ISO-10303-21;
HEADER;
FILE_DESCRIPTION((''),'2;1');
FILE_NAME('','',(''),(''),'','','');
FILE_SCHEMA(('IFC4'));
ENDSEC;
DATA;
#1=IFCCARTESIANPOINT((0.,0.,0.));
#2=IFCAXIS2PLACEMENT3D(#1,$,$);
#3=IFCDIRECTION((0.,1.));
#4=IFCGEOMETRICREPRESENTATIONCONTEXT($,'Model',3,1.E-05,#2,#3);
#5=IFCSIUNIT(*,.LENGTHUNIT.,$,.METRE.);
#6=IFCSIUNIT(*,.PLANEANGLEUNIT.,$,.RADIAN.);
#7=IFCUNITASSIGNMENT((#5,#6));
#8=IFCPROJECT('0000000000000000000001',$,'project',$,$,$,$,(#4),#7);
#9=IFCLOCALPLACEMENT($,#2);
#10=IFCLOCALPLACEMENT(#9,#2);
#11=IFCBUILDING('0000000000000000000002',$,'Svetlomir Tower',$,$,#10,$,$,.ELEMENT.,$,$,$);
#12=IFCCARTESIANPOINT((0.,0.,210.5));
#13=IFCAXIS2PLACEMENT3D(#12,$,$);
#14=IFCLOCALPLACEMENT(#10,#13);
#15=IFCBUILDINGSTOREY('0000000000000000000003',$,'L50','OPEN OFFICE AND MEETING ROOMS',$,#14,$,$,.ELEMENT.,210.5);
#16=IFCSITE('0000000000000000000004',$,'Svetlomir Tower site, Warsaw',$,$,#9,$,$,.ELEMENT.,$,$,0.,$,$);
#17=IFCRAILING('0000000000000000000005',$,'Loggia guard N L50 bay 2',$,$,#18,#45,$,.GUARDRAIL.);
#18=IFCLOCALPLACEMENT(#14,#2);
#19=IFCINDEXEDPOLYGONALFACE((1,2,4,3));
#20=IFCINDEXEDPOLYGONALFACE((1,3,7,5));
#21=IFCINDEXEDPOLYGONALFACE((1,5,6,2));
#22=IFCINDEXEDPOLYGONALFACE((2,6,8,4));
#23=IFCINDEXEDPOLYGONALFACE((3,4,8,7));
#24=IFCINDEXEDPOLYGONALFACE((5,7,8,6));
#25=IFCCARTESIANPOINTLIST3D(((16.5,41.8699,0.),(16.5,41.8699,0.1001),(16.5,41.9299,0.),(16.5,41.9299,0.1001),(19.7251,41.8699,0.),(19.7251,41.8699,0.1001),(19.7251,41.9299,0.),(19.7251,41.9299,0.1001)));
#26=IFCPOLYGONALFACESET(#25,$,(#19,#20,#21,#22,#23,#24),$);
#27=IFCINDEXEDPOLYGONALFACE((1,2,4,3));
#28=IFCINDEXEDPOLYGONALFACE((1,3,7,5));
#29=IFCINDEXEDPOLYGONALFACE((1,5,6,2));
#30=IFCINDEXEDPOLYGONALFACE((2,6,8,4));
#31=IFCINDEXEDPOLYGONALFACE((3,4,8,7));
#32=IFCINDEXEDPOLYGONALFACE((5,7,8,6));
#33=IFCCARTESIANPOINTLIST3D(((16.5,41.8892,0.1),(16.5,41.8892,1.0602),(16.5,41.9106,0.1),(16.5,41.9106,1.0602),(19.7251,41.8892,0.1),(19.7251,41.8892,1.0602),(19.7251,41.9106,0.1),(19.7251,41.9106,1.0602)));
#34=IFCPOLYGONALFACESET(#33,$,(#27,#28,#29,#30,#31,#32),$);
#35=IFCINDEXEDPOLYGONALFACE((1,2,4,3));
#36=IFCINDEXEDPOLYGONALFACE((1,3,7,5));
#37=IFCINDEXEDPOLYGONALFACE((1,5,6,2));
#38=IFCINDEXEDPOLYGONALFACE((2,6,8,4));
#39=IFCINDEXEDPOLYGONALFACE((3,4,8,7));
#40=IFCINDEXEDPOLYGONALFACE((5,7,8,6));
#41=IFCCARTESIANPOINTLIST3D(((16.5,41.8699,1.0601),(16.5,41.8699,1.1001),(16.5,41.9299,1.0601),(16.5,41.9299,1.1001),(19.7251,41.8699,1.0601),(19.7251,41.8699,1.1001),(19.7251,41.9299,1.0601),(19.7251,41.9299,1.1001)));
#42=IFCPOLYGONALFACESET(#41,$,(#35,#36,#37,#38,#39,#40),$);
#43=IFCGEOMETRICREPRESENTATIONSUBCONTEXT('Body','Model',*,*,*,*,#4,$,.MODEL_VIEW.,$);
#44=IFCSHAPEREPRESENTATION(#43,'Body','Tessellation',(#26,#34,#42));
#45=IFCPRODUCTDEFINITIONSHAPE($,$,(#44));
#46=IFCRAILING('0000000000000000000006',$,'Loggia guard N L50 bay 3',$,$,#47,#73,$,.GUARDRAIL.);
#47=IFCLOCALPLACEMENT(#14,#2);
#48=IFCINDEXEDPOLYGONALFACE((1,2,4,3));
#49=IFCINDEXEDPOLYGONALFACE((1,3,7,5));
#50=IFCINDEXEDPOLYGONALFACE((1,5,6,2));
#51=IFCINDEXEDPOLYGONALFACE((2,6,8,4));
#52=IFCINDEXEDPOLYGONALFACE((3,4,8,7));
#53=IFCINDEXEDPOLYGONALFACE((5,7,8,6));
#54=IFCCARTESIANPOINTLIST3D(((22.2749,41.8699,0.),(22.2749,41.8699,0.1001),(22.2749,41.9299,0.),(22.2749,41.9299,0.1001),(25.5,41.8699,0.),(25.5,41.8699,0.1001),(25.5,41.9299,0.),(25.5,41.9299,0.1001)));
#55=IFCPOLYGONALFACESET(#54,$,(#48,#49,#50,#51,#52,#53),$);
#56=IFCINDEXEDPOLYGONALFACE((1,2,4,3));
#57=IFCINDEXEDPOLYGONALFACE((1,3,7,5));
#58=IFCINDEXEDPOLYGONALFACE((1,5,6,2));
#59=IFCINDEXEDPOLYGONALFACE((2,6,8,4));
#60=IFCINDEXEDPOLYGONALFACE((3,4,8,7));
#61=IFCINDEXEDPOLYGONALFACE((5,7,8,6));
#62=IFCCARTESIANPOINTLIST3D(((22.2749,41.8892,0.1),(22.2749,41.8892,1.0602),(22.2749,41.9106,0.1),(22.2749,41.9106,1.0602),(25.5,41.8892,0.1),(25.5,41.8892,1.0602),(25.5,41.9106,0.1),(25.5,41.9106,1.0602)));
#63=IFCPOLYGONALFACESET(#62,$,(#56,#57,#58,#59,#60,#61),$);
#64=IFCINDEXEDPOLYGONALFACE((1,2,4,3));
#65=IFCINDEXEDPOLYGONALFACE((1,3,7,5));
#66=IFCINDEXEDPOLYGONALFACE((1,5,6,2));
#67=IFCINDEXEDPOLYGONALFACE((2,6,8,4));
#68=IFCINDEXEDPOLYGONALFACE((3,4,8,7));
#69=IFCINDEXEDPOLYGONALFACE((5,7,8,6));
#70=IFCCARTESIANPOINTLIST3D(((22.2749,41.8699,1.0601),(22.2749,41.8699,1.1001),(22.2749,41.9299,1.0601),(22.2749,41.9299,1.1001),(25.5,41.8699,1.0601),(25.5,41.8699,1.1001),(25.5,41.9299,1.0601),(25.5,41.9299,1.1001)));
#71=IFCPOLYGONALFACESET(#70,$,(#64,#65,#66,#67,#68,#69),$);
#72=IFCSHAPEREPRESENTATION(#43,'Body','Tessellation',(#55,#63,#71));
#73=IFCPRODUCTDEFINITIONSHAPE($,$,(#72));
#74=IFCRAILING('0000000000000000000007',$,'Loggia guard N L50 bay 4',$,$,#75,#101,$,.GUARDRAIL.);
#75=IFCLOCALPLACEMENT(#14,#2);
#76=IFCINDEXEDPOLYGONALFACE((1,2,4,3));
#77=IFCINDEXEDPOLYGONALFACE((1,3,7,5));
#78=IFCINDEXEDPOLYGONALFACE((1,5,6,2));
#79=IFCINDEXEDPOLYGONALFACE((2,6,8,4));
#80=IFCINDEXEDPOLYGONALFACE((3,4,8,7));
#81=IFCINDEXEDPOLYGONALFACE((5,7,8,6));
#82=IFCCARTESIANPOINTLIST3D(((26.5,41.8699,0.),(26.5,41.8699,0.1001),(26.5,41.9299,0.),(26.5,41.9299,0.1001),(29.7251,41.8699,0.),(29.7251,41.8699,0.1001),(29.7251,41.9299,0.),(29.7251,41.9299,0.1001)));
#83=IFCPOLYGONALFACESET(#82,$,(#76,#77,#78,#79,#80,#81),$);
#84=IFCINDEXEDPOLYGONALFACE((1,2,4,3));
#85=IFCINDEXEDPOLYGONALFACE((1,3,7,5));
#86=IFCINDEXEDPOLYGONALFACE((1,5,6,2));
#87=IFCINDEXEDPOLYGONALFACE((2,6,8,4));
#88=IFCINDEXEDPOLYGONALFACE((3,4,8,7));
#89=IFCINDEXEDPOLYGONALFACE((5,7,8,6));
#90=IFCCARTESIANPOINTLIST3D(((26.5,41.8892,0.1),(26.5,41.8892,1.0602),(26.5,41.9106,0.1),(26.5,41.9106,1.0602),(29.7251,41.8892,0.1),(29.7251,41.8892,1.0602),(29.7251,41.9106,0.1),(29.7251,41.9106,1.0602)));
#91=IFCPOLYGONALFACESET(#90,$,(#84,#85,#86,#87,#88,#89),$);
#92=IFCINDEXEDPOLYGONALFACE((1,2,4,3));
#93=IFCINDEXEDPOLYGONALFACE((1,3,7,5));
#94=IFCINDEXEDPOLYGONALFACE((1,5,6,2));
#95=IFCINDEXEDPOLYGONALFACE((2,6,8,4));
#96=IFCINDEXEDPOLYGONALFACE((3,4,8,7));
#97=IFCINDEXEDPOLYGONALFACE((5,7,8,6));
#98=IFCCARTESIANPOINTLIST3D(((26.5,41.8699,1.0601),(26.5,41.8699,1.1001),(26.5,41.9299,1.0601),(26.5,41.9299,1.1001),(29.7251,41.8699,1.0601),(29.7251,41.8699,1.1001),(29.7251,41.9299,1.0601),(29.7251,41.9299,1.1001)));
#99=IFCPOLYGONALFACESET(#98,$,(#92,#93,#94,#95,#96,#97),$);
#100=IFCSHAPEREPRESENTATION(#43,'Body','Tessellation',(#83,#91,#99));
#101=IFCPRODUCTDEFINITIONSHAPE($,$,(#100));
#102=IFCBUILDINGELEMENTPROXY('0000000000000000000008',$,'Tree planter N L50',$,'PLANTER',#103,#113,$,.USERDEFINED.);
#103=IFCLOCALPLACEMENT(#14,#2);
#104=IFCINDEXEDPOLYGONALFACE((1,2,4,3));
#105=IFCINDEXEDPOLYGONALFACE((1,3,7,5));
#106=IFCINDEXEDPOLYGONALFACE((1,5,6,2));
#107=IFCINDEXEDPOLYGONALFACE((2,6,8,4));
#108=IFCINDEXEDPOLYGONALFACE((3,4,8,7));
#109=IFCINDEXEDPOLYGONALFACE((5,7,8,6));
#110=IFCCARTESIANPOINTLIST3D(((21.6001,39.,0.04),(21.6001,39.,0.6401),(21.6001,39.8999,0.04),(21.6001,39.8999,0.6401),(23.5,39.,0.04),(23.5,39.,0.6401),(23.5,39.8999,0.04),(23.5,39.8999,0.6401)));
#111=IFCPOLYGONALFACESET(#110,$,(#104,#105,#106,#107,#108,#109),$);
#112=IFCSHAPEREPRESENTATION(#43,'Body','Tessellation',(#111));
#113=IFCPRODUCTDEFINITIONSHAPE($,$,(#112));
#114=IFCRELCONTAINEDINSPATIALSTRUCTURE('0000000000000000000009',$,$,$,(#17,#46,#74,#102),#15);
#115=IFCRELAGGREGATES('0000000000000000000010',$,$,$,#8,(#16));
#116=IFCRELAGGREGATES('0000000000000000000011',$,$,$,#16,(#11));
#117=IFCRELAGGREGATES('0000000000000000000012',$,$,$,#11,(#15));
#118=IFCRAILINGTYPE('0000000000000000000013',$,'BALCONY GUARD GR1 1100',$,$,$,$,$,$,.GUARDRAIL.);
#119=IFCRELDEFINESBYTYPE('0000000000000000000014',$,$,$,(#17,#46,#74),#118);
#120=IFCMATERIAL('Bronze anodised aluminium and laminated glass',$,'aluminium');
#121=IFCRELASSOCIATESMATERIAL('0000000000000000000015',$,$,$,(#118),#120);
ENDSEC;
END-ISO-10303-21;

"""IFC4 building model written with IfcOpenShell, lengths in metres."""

from ifc_helpers import new_model, si_unit, direction, frame, origin, origin_2d, place, context, subcontext, project, spatial, rectangle, extrude, material, type_object, element, save


model = new_model("IFC4")

# Units and contexts
model_context = context("Model", 3, precision=1e-05, world=origin(), true_north=direction((0.0, 1.0)))
body_context = subcontext(model_context, "Body", "Model", "MODEL_VIEW")
ifc_project = project(units=[si_unit("LENGTHUNIT", "METRE"), si_unit("PLANEANGLEUNIT", "RADIAN")], contexts=[model_context])

# Site, building, storey
site_placement = place(None, origin())
site = spatial("IfcSite", under=ifc_project, at=site_placement, Name="Svetlomir Tower site, Warsaw", CompositionType="ELEMENT", RefElevation=0.0)
building_placement = place(site_placement, origin())
building = spatial("IfcBuilding", under=site, at=building_placement, Name="Svetlomir Tower", CompositionType="ELEMENT")
storey_placement = place(building_placement, frame((0.0, 0.0, 210.5)))
storey = spatial("IfcBuildingStorey", under=building, at=storey_placement, Name="L50", Description="OPEN OFFICE AND MEETING ROOMS", CompositionType="ELEMENT", Elevation=210.5)

# Railings
ifc_material_1 = material(Name="Bronze anodised aluminium and laminated glass", Category="aluminium")
railing_type = type_object("IfcRailingType", Name="BALCONY GUARD GR1 1100", PredefinedType="GUARDRAIL", material=ifc_material_1)
for number, where, name in (
    (1, (16.5, 41.8999, 0.0), "Loggia guard N L50 bay 2"),
    (2, (22.2749, 41.8999, 0.0), "Loggia guard N L50 bay 3"),
    (3, (26.5, 41.8999, 0.0), "Loggia guard N L50 bay 4"),
):
    element("IfcRailing", number, at=place(storey_placement, frame(where)), inside=storey, type_object=railing_type, Name=name, PredefinedType="GUARDRAIL", context=body_context, shape_type="SweptSolid", body=[
        extrude(rectangle(XDim=0.0601, YDim=0.1001, at=origin_2d()), frame((0.0, 0.0, 0.05), z_axis=(1.0, 0.0, 0.0), x_axis=(0.0, 1.0, 0.0)), (0.0, 0.0, 1.0), 3.2251),
        extrude(rectangle(XDim=0.0215, YDim=0.9602, at=origin_2d()), frame((0.0, 0.0, 0.5801), z_axis=(1.0, 0.0, 0.0), x_axis=(0.0, 1.0, 0.0)), (0.0, 0.0, 1.0), 3.2251),
        extrude(rectangle(XDim=0.0601, YDim=0.04, at=origin_2d()), frame((0.0, 0.0, 1.0801), z_axis=(1.0, 0.0, 0.0), x_axis=(0.0, 1.0, 0.0)), (0.0, 0.0, 1.0), 3.2251),
    ])

# Building element proxy
proxy_placement = place(storey_placement, frame((22.55, 39.45, 0.04), z_axis=(0.0, 0.0, 1.0), x_axis=(1.0, 0.0, 0.0)))
element("IfcBuildingElementProxy", 4, at=proxy_placement, inside=storey, Name="Tree planter N L50", ObjectType="PLANTER", PredefinedType="USERDEFINED", context=body_context, shape_type="SweptSolid", body=[
    extrude(rectangle(XDim=1.8999, YDim=0.8999, at=origin_2d()), origin(), (0.0, 0.0, 1.0), 0.6001),
])

save(model, "model.ifc")
